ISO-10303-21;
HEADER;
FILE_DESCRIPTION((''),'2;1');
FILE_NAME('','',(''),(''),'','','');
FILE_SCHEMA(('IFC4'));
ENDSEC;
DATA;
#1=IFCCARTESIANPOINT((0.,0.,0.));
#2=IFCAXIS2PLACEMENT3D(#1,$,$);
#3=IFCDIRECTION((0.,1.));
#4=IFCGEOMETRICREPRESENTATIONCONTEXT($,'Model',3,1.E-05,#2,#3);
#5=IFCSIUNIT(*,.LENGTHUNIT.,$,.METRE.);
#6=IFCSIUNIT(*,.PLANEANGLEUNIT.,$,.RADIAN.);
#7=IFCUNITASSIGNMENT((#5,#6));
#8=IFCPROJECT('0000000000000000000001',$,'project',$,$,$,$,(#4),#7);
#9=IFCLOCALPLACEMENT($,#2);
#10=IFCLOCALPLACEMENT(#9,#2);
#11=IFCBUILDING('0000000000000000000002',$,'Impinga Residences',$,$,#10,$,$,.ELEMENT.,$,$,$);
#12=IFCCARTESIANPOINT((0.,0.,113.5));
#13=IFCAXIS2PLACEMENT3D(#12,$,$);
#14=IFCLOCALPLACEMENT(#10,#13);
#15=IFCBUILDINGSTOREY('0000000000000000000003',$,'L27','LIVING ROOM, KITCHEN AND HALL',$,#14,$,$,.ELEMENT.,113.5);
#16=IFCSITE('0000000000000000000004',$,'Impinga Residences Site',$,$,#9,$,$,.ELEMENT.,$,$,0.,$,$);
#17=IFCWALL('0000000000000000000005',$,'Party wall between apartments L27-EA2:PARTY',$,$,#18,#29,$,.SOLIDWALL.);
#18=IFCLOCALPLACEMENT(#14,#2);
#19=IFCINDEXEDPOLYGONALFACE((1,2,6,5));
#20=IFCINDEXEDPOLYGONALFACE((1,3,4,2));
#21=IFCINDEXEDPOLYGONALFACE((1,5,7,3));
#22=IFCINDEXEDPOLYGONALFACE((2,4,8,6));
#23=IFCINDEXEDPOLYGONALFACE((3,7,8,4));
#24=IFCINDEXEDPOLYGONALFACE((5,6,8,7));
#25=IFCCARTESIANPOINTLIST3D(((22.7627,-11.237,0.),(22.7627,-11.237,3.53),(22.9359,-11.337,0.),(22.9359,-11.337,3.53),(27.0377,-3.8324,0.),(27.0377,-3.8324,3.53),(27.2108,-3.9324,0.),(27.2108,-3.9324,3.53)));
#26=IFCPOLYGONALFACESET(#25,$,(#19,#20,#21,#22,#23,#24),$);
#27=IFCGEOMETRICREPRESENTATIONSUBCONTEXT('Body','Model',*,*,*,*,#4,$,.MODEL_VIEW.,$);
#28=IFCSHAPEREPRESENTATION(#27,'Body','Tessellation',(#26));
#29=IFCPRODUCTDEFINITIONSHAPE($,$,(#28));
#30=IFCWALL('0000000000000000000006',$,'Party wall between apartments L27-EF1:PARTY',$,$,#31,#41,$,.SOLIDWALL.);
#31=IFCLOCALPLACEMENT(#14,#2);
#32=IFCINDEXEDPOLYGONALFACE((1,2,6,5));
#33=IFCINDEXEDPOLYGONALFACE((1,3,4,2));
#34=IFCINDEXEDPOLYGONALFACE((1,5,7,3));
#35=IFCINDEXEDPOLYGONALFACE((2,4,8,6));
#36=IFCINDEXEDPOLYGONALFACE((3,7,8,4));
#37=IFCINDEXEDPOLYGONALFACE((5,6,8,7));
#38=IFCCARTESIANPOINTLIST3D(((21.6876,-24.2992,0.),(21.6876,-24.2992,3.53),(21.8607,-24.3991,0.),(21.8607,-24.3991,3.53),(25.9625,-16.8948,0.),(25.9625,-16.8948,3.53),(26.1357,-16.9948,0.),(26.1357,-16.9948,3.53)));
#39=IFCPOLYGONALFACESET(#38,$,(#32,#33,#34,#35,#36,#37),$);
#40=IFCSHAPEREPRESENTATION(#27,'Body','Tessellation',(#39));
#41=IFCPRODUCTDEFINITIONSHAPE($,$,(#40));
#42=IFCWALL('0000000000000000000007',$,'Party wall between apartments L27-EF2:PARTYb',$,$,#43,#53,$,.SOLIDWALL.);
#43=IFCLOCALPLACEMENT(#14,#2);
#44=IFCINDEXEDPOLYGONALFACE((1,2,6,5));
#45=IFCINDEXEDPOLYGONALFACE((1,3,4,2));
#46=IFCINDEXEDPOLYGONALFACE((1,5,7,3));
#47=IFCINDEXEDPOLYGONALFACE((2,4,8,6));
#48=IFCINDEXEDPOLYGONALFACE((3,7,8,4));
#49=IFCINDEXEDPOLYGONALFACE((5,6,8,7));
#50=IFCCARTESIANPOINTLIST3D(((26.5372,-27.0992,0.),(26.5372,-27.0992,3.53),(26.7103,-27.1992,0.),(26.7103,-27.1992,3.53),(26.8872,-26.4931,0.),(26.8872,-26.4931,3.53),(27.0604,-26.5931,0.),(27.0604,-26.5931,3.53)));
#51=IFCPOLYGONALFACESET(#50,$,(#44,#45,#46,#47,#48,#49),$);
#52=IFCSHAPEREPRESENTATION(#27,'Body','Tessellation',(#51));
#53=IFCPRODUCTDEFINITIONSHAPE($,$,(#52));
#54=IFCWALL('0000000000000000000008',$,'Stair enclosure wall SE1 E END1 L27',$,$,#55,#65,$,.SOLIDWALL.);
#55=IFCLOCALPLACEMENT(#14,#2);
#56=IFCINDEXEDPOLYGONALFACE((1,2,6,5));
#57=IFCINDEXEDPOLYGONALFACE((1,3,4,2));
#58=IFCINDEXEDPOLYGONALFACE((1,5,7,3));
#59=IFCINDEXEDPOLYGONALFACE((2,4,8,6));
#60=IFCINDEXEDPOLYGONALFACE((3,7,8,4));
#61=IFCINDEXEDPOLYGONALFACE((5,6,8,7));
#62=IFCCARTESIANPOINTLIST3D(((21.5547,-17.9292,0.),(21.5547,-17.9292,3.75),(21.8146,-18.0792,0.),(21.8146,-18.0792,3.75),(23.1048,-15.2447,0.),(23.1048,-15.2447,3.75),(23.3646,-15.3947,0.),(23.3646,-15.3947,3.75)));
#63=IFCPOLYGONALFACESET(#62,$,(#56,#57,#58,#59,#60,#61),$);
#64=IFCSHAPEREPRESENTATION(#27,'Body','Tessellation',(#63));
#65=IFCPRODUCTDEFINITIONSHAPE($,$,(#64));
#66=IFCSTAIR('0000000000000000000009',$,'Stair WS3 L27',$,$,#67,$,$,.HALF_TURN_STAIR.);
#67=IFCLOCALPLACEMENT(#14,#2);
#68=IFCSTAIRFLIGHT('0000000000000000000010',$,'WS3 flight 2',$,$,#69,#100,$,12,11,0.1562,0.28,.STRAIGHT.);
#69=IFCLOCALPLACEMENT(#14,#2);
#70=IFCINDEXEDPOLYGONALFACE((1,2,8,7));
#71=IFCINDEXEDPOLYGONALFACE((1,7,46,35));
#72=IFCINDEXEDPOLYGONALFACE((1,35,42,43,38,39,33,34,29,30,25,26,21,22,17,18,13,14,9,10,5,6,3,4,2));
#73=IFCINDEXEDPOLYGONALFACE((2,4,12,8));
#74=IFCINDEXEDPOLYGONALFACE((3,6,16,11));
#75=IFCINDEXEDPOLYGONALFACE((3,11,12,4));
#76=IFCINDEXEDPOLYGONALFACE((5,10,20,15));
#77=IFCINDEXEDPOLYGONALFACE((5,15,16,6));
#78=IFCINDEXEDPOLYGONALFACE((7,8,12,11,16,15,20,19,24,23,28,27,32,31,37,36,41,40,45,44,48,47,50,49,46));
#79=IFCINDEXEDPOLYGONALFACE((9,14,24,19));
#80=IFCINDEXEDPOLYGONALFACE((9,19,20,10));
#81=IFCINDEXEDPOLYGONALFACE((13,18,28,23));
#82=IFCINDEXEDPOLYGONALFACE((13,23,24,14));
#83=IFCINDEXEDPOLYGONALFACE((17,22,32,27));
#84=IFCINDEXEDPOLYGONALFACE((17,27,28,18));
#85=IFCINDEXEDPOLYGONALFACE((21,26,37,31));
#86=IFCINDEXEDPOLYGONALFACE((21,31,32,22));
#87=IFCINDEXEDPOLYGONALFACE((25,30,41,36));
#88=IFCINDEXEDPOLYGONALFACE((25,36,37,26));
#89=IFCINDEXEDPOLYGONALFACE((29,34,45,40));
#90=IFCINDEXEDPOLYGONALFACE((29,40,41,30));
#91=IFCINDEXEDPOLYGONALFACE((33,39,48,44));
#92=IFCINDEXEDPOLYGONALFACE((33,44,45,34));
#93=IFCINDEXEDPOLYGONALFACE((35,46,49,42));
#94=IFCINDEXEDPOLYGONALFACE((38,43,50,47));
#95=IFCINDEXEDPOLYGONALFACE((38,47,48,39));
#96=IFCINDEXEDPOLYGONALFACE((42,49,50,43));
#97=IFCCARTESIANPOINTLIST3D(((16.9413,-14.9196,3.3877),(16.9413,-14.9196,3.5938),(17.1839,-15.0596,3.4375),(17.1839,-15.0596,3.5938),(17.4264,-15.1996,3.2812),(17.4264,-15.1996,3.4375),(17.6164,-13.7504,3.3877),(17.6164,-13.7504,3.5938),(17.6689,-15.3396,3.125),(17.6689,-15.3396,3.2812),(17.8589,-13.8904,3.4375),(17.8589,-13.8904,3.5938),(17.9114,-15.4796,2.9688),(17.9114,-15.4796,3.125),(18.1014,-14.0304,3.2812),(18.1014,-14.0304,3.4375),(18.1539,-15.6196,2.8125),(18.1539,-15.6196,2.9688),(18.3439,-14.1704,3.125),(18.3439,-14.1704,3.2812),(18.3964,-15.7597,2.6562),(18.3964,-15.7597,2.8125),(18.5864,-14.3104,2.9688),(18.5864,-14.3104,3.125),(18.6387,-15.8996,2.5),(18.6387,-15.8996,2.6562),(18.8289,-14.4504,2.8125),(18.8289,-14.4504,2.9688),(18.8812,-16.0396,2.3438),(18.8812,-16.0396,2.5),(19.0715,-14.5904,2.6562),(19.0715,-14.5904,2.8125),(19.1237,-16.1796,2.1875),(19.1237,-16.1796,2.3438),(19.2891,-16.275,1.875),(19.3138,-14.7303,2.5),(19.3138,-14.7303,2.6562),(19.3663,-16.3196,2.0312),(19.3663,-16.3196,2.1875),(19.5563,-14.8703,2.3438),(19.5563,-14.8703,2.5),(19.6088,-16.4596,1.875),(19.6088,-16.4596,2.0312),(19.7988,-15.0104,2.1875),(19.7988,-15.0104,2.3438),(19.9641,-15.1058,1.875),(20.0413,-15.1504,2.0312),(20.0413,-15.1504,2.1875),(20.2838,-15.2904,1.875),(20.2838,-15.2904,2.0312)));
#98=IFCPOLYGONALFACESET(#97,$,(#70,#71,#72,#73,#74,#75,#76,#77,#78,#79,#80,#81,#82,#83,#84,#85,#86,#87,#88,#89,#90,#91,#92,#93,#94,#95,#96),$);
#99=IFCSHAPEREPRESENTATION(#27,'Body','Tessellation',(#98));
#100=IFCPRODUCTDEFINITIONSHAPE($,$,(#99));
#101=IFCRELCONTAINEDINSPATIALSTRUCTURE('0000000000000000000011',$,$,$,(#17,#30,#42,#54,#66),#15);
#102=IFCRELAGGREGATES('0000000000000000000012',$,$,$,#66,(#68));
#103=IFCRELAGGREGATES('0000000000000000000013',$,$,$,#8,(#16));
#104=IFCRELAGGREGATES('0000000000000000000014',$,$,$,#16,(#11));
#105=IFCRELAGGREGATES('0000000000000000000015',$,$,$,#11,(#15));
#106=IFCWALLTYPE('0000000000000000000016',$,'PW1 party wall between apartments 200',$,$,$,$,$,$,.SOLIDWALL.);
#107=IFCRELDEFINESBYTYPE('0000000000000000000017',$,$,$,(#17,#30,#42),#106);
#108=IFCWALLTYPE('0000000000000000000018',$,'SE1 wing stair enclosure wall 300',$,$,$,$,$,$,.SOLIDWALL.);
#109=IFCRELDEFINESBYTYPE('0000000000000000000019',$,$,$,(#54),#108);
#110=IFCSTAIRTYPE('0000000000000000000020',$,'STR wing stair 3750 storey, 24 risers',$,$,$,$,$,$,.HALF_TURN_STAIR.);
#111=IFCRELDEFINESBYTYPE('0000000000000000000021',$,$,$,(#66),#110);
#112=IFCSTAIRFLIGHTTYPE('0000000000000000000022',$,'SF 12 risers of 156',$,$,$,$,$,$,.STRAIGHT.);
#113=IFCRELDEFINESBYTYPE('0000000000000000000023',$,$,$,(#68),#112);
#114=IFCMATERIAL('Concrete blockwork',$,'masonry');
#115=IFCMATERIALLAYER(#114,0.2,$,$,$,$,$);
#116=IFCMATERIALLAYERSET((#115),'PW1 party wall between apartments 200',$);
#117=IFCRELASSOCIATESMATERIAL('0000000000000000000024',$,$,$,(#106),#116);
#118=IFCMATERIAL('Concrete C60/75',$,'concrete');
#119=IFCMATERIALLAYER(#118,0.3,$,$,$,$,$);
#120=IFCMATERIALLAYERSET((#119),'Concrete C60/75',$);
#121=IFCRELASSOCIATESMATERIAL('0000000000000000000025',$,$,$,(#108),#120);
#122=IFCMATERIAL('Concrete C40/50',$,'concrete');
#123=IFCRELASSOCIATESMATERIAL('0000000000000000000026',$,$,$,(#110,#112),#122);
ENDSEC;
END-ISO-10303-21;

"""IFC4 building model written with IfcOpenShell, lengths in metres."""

from ifc_helpers import new_model, si_unit, direction, frame, frame_2d, origin, place, context, subcontext, project, spatial, polyline, rectangle, outline, extrude, material, layer, layer_set, type_object, element, aggregate, save


model = new_model("IFC4")

# Units and contexts
model_context = context("Model", 3, precision=1e-05, world=origin(), true_north=direction((0.0, 1.0)))
body_context = subcontext(model_context, "Body", "Model", "MODEL_VIEW")
ifc_project = project(units=[si_unit("LENGTHUNIT", "METRE"), si_unit("PLANEANGLEUNIT", "RADIAN")], contexts=[model_context])

# Site, building, storey
site_placement = place(None, origin())
site = spatial("IfcSite", under=ifc_project, at=site_placement, Name="Impinga Residences Site", CompositionType="ELEMENT", RefElevation=0.0)
building_placement = place(site_placement, origin())
building = spatial("IfcBuilding", under=site, at=building_placement, Name="Impinga Residences", CompositionType="ELEMENT")
storey_placement = place(building_placement, frame((0.0, 0.0, 113.5)))
storey = spatial("IfcBuildingStorey", under=building, at=storey_placement, Name="L27", Description="LIVING ROOM, KITCHEN AND HALL", CompositionType="ELEMENT", Elevation=113.5)

# Shared definitions
ifc_material_1 = material(Name="Concrete C60/75", Category="concrete")

# Walls
ifc_material_2 = material(Name="Concrete blockwork", Category="masonry")
ifc_layer_1 = layer(ifc_material_2, 0.2)
ifc_layer_set_1 = layer_set([ifc_layer_1], Name="PW1 party wall between apartments 200")
wall_type_1 = type_object("IfcWallType", Name="PW1 party wall between apartments 200", PredefinedType="SOLIDWALL", material=ifc_layer_set_1)
wall_1_placement = place(storey_placement, frame((22.8494, -11.2869, 0.0), z_axis=(0.0, 0.0, 1.0), x_axis=(0.49999, 0.866031, 0.0)))
element("IfcWall", 1, at=wall_1_placement, inside=storey, type_object=wall_type_1, Name="Party wall between apartments L27-EA2:PARTY", PredefinedType="SOLIDWALL", context=body_context, shape_type="SweptSolid", body=[
    extrude(rectangle(XDim=8.55, YDim=0.2, at=frame_2d((4.2749, 0.0))), origin(), (0.0, 0.0, 1.0), 3.53),
])
wall_2_placement = place(storey_placement, frame((26.0491, -16.9448, 0.0), z_axis=(0.0, 0.0, 1.0), x_axis=(-0.500003, -0.866024, 0.0)))
element("IfcWall", 2, at=wall_2_placement, inside=storey, type_object=wall_type_1, Name="Party wall between apartments L27-EF1:PARTY", PredefinedType="SOLIDWALL", context=body_context, shape_type="SweptSolid", body=[
    extrude(rectangle(XDim=8.5498, YDim=0.2, at=frame_2d((4.2749, 0.0))), origin(), (0.0, 0.0, 1.0), 3.53),
])
wall_3_placement = place(storey_placement, frame((26.9739, -26.543, 0.0), z_axis=(0.0, 0.0, 1.0), x_axis=(-0.500115, -0.865959, 0.0)))
element("IfcWall", 3, at=wall_3_placement, inside=storey, type_object=wall_type_1, Name="Party wall between apartments L27-EF2:PARTYb", PredefinedType="SOLIDWALL", context=body_context, shape_type="SweptSolid", body=[
    extrude(rectangle(XDim=0.7, YDim=0.2, at=frame_2d((0.3501, 0.0))), origin(), (0.0, 0.0, 1.0), 3.53),
])
ifc_layer_2 = layer(ifc_material_1, 0.3)
ifc_layer_set_2 = layer_set([ifc_layer_2], Name="Concrete C60/75")
wall_type_2 = type_object("IfcWallType", Name="SE1 wing stair enclosure wall 300", PredefinedType="SOLIDWALL", material=ifc_layer_set_2)
wall_4_placement = place(storey_placement, frame((23.2346, -15.3198, 0.0), z_axis=(0.0, 0.0, 1.0), x_axis=(-0.500027, -0.86601, 0.0)))
element("IfcWall", 4, at=wall_4_placement, inside=storey, type_object=wall_type_2, Name="Stair enclosure wall SE1 E END1 L27", PredefinedType="SOLIDWALL", context=body_context, shape_type="SweptSolid", body=[
    extrude(rectangle(XDim=3.0999, YDim=0.3, at=frame_2d((1.5498, 0.0))), origin(), (0.0, 0.0, 1.0), 3.75),
])

# Stair, stair flight
ifc_material_3 = material(Name="Concrete C40/50", Category="concrete")
stair_type = type_object("IfcStairType", Name="STR wing stair 3750 storey, 24 risers", PredefinedType="HALF_TURN_STAIR", material=ifc_material_3)
stair_placement = place(storey_placement, origin())
stair = element("IfcStair", 5, at=stair_placement, inside=storey, type_object=stair_type, Name="Stair WS3 L27", PredefinedType="HALF_TURN_STAIR")
stair_flight_type = type_object("IfcStairFlightType", Name="SF 12 risers of 156", PredefinedType="STRAIGHT", material=ifc_material_3)
stair_flight_placement = place(storey_placement, frame((19.9463, -15.875, 1.875), z_axis=(0.0, 0.0, 1.0), x_axis=(-0.866025, 0.5, 0.0)))
stair_flight = element("IfcStairFlight", 6, at=stair_flight_placement, type_object=stair_flight_type, Name="WS3 flight 2", NumberOfRisers=12, NumberOfTreads=11, PredefinedType="STRAIGHT", RiserHeight=0.1562, TreadLength=0.28, context=body_context, shape_type="SweptSolid", body=[
    extrude(outline(polyline([(0.0, 0.0), (0.0, 0.1562), (0.28, 0.1562), (0.28, 0.3125), (0.5601, 0.3125), (0.5601, 0.4688), (0.8401, 0.4688), (0.8401, 0.625), (1.1201, 0.625), (1.1201, 0.7812), (1.3999, 0.7812), (1.3999, 0.9375), (1.6799, 0.9375), (1.6799, 1.0938), (1.96, 1.0938), (1.96, 1.25), (2.24, 1.25), (2.24, 1.4062), (2.52, 1.4062), (2.52, 1.5625), (2.8, 1.5625), (2.8, 1.7188), (3.0801, 1.7188), (3.0801, 1.875), (3.0801, 1.5127), (0.3691, 0.0), (0.0, 0.0)])), frame((0.0, 0.675, 0.0), z_axis=(0.0, -1.0, 0.0), x_axis=(1.0, 0.0, 0.0)), (0.0, 0.0, 1.0), 1.3501),
])
aggregate(stair, [stair_flight])

save(model, "model.ifc")
